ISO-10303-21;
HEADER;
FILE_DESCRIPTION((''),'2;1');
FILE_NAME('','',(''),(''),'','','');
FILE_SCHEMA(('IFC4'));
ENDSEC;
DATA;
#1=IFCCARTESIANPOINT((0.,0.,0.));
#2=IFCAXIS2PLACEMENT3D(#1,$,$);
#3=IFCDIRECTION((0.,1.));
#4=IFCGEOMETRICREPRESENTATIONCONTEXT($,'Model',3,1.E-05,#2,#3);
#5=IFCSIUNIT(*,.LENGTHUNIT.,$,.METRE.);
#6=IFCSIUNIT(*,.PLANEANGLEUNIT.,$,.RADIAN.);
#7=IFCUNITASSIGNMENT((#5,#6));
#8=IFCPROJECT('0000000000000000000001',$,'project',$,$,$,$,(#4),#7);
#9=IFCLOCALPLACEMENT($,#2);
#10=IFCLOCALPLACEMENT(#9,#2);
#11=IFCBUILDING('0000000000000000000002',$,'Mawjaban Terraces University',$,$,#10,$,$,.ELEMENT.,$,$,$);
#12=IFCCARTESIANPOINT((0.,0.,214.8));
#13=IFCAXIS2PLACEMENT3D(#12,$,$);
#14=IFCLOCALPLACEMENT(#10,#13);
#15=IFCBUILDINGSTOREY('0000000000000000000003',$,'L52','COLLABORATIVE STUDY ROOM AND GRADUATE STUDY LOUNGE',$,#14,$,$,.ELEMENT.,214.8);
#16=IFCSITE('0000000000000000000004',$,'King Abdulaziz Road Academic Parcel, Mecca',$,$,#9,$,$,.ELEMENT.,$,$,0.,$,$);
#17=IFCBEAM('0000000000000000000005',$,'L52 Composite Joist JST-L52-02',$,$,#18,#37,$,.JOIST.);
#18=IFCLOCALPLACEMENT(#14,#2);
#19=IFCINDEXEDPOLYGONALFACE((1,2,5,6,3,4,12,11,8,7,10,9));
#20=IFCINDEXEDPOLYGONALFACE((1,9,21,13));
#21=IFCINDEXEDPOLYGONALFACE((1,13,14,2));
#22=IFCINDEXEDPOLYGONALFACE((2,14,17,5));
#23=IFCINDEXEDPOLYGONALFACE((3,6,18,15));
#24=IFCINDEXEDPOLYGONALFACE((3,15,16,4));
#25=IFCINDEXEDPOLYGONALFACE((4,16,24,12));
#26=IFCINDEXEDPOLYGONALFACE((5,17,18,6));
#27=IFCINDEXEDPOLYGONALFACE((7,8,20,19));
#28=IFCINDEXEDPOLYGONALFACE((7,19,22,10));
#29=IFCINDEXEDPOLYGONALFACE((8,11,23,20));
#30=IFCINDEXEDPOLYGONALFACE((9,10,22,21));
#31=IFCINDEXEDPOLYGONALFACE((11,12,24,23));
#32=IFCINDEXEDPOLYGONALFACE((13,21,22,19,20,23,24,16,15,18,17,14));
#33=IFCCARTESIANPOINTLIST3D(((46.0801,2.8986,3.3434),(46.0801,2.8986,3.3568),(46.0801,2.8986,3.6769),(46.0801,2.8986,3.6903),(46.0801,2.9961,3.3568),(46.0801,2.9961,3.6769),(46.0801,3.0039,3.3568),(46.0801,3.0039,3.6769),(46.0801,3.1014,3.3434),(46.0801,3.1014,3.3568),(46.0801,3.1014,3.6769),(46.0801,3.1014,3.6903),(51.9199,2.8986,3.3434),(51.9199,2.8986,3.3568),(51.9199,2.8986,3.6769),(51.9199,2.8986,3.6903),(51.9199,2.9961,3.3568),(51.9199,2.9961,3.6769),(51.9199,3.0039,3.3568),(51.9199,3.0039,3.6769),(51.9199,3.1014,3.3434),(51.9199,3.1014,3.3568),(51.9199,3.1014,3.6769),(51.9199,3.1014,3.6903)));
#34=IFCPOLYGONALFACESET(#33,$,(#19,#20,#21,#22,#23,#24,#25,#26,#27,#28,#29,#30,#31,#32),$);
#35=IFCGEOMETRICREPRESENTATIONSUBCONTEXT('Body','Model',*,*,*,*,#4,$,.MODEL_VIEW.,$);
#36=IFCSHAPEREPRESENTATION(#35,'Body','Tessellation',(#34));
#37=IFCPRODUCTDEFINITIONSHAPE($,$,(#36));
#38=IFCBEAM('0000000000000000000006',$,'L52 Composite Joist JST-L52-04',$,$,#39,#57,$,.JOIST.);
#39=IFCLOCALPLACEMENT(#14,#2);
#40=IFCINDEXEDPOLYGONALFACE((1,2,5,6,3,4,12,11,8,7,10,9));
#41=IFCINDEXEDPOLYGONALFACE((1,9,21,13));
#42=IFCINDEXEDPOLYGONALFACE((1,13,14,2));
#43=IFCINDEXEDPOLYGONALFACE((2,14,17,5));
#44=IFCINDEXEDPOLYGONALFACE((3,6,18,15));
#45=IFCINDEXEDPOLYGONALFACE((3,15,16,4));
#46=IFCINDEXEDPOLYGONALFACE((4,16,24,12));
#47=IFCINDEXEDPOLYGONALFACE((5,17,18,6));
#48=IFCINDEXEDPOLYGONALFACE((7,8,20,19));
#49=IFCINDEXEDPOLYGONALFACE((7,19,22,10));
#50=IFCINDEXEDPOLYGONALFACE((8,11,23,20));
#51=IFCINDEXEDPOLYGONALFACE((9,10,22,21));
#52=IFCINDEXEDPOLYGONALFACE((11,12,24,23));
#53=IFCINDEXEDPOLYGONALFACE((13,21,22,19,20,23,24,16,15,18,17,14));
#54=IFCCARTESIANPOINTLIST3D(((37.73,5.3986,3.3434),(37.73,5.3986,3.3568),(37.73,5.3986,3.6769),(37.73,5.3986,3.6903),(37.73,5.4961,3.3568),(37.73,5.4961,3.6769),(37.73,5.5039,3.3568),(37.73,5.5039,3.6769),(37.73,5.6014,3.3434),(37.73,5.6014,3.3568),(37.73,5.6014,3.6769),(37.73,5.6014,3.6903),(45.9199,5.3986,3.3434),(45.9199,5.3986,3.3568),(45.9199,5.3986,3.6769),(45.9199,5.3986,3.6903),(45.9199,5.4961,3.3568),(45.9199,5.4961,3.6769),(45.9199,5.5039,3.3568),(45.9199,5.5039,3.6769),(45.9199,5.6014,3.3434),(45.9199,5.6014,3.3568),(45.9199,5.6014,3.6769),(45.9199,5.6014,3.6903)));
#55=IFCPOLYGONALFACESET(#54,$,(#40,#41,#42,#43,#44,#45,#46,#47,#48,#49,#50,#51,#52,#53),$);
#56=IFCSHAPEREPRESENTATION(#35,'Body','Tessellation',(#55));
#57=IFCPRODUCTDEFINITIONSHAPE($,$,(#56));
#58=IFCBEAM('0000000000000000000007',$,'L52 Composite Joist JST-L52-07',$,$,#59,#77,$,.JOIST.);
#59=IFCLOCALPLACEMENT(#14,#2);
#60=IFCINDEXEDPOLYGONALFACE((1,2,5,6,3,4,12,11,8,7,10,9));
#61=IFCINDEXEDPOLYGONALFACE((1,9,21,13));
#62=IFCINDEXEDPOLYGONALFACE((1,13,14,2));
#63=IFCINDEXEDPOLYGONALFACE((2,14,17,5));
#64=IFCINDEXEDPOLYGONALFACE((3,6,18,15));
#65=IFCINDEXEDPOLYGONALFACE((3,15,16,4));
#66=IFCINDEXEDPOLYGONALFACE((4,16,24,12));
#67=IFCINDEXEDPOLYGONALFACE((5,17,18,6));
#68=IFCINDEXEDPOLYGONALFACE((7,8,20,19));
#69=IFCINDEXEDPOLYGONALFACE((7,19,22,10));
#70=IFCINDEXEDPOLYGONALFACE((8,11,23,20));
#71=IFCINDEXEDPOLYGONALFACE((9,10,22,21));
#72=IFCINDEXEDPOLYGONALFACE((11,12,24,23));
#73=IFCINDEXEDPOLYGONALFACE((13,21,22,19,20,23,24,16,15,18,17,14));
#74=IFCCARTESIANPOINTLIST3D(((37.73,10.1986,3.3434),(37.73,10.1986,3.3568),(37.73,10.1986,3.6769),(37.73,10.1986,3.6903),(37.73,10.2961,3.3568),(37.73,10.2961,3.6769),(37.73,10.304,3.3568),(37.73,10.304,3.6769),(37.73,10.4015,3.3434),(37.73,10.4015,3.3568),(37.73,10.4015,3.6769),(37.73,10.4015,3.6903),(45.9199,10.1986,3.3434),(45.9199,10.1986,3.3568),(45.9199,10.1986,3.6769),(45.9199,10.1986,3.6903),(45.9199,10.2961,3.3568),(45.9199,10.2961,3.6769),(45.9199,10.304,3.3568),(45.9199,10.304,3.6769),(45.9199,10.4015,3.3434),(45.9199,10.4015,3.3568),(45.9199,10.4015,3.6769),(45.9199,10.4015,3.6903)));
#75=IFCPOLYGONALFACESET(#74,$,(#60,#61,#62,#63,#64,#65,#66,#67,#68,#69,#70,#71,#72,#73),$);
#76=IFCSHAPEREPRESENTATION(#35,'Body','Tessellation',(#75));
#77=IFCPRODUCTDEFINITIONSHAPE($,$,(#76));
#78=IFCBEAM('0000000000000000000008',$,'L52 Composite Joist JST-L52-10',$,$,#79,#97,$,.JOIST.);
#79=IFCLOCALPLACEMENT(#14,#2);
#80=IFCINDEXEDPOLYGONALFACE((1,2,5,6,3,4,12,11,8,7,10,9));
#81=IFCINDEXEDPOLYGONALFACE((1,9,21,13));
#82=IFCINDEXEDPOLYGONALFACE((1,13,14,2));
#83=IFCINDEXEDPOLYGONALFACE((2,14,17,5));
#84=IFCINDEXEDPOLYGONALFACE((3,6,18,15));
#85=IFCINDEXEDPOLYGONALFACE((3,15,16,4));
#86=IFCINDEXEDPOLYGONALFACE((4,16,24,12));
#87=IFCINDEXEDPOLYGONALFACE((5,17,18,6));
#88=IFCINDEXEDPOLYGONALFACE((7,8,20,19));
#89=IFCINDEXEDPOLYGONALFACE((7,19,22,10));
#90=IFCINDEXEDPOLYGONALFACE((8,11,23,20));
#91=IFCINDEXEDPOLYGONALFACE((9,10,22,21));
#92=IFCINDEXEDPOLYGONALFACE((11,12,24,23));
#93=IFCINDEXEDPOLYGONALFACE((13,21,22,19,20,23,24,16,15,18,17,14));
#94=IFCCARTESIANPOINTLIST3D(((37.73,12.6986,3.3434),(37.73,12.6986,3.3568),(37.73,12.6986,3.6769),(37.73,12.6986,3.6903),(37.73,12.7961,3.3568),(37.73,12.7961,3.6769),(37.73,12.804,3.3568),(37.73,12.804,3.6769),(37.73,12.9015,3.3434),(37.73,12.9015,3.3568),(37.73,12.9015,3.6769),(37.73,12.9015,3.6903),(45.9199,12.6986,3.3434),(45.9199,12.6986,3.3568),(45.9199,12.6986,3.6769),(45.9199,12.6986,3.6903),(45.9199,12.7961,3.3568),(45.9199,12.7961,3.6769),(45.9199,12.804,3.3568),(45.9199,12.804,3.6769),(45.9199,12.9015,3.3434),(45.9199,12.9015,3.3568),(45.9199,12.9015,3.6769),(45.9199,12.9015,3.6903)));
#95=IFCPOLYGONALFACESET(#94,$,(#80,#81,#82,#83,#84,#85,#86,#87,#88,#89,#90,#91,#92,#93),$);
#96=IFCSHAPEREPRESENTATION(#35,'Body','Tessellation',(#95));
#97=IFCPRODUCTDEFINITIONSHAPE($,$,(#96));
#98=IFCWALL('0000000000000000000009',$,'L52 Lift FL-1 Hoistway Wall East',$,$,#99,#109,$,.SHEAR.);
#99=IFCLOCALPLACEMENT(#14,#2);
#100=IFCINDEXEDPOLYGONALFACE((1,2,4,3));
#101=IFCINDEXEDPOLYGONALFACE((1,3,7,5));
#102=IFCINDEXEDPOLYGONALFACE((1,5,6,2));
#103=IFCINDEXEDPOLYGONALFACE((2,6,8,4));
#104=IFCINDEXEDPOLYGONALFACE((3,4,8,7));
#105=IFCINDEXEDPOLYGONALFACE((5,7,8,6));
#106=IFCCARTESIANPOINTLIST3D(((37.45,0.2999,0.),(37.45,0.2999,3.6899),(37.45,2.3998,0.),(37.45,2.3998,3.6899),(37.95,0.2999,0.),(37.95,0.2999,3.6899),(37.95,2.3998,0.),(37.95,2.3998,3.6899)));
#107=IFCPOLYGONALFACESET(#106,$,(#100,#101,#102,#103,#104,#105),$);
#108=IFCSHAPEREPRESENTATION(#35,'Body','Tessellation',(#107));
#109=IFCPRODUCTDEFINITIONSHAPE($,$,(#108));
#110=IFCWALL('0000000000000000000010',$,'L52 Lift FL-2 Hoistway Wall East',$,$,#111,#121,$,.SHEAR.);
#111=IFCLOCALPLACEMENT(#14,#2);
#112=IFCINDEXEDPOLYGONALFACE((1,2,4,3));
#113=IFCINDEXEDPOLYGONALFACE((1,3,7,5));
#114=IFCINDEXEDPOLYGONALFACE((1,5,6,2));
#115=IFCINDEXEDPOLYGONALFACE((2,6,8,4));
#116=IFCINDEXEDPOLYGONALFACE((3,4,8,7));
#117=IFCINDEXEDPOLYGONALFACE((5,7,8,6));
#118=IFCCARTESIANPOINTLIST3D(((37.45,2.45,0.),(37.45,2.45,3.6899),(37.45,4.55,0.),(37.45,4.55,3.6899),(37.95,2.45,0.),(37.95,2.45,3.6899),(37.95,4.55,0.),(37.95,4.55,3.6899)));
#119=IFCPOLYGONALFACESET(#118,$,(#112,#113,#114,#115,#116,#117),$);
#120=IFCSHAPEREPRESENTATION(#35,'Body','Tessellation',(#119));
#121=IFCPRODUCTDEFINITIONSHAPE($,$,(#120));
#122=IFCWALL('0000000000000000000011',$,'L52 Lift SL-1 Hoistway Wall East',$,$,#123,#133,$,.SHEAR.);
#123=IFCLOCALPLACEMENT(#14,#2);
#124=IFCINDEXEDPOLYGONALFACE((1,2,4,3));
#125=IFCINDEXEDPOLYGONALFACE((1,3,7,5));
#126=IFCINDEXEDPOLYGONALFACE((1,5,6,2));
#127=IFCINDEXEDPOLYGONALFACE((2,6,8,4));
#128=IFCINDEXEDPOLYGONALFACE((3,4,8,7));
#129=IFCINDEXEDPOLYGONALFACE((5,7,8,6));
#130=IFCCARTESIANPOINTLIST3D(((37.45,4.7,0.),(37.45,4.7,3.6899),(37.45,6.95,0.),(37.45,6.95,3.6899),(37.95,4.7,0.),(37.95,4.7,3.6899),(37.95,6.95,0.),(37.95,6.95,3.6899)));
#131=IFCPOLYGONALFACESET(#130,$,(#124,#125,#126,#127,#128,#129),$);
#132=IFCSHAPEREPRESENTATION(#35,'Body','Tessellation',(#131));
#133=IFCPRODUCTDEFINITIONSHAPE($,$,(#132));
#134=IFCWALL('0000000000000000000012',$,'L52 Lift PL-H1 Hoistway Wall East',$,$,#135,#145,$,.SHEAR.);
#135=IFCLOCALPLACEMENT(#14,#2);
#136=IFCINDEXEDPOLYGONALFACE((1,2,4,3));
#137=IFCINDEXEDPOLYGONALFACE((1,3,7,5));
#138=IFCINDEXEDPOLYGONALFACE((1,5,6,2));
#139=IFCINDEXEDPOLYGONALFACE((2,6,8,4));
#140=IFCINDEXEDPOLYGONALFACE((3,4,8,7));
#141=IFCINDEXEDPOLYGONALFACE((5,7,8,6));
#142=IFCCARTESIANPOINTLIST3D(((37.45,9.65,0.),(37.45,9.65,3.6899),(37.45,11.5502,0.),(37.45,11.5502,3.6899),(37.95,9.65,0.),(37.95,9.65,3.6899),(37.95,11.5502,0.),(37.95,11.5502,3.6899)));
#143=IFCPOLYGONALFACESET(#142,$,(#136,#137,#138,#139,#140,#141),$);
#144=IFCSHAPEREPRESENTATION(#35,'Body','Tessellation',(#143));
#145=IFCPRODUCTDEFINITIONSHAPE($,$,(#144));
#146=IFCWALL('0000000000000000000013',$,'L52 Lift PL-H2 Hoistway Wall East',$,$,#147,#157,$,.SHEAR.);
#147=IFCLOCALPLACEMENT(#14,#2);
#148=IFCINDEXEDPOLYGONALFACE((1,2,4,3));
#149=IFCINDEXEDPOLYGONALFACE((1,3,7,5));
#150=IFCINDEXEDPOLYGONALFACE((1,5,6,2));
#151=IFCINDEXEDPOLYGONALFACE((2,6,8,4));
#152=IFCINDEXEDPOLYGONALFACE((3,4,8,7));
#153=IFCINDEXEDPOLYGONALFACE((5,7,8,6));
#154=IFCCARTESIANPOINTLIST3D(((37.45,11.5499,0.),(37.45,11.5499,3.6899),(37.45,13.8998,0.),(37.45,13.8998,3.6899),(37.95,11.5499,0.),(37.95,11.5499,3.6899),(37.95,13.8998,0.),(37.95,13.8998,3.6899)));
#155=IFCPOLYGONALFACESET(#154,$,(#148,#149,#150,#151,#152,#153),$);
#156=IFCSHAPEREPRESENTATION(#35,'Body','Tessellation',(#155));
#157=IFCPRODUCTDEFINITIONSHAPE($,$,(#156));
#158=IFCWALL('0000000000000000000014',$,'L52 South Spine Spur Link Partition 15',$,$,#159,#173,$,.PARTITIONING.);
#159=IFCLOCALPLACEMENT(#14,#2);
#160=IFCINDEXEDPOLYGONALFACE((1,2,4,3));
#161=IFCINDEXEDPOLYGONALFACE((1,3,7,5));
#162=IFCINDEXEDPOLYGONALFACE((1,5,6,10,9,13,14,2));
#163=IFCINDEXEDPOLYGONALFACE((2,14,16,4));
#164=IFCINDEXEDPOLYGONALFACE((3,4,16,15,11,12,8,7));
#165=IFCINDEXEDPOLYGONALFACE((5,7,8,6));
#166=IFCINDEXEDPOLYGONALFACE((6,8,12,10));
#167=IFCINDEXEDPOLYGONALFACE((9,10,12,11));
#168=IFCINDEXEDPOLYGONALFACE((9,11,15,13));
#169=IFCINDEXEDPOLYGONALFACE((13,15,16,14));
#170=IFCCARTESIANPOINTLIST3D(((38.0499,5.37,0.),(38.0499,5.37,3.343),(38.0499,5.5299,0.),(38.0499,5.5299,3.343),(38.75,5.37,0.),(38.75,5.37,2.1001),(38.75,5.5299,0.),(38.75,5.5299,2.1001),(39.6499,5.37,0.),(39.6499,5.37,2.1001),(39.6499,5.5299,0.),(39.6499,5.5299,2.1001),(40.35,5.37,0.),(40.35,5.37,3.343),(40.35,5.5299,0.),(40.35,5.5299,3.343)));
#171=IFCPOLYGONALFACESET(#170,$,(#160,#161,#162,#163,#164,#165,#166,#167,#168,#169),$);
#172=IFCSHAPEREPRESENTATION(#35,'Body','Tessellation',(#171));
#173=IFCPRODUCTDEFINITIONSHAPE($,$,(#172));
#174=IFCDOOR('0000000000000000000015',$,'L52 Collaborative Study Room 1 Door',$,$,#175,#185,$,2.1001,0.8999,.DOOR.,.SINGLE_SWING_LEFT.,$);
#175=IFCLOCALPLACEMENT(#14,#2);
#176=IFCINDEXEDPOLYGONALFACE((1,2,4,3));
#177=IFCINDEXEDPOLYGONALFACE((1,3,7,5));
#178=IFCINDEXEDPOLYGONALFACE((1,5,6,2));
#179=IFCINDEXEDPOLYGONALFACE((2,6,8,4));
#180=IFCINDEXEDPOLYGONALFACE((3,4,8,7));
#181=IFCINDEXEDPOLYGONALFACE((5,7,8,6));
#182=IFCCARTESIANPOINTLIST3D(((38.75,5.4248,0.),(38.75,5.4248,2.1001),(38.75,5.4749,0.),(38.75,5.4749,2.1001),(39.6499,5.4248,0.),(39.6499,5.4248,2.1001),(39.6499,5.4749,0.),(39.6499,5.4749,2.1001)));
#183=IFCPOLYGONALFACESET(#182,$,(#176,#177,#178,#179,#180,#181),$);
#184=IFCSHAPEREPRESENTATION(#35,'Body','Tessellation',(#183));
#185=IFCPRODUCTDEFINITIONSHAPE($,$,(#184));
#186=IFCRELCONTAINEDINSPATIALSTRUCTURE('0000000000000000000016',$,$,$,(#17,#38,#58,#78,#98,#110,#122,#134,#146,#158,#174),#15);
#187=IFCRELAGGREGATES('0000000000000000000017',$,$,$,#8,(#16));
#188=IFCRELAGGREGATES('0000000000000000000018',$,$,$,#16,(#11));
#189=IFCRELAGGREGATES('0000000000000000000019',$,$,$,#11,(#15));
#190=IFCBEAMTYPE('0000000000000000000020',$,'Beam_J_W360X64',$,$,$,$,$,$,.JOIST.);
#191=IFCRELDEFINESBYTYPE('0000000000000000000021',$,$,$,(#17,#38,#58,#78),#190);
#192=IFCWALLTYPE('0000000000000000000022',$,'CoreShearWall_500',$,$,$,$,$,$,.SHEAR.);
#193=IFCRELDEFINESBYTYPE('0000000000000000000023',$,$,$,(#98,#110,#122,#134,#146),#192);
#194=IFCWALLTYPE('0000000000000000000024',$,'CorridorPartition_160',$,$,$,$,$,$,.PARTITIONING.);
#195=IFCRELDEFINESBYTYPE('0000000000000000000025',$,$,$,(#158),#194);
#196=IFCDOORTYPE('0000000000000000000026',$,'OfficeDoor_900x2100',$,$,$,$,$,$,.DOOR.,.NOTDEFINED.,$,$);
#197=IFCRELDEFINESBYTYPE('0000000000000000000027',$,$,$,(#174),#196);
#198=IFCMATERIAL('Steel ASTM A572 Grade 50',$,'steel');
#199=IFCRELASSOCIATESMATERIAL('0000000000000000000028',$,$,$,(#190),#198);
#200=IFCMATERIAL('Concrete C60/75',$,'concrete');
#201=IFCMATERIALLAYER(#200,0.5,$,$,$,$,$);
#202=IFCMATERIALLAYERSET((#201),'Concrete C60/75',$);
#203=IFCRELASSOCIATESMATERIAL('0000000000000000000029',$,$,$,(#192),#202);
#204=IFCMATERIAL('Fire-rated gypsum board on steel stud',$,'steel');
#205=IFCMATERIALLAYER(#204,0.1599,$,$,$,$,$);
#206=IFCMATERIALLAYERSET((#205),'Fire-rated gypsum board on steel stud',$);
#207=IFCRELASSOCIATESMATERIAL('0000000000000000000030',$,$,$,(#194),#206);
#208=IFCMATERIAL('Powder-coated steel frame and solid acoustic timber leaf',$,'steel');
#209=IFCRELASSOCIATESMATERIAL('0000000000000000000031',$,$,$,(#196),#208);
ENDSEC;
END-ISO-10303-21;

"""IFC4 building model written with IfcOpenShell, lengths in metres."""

from ifc_helpers import new_model, si_unit, direction, frame, frame_2d, origin, origin_2d, place, context, subcontext, project, spatial, rectangle, i_section, extrude, material, layer, layer_set, material_profile, profile_set, type_object, element, fill, save


model = new_model("IFC4")

# Units and contexts
model_context = context("Model", 3, precision=1e-05, world=origin(), true_north=direction((0.0, 1.0)))
body_context = subcontext(model_context, "Body", "Model", "MODEL_VIEW")
ifc_project = project(units=[si_unit("LENGTHUNIT", "METRE"), si_unit("PLANEANGLEUNIT", "RADIAN")], contexts=[model_context])

# Site, building, storey
site_placement = place(None, origin())
site = spatial("IfcSite", under=ifc_project, at=site_placement, Name="King Abdulaziz Road Academic Parcel, Mecca", CompositionType="ELEMENT", RefElevation=0.0)
building_placement = place(site_placement, origin())
building = spatial("IfcBuilding", under=site, at=building_placement, Name="Mawjaban Terraces University", CompositionType="ELEMENT")
storey_placement = place(building_placement, frame((0.0, 0.0, 214.8)))
storey = spatial("IfcBuildingStorey", under=building, at=storey_placement, Name="L52", Description="COLLABORATIVE STUDY ROOM AND GRADUATE STUDY LOUNGE", CompositionType="ELEMENT", Elevation=214.8)

# Shared definitions
ifc_material_1 = material(Name="Concrete C60/75", Category="concrete")

# Beams
ifc_material_2 = material(Name="Steel ASTM A572 Grade 50", Category="steel")
ifc_material_profile_1 = material_profile(ifc_material_2, i_section(OverallWidth=0.2029, OverallDepth=0.3469, WebThickness=0.0078, FlangeThickness=0.0134, at=origin_2d()), Name="W360X64")
ifc_profile_set_1 = profile_set([ifc_material_profile_1], Name="Steel ASTM A572 Grade 50")
beam_type_1 = type_object("IfcBeamType", Name="Beam_J_W360X64", PredefinedType="JOIST", material=ifc_profile_set_1)
beam_1_placement = place(storey_placement, frame((46.0801, 3.0, 3.5168), z_axis=(1.0, 0.0, 0.0), x_axis=(0.0, 1.0, 0.0)))
element("IfcBeam", 1, at=beam_1_placement, inside=storey, type_object=beam_type_1, Name="L52 Composite Joist JST-L52-02", PredefinedType="JOIST", context=body_context, shape_type="SweptSolid", body=[
    extrude(i_section(OverallWidth=0.2029, OverallDepth=0.3469, WebThickness=0.0078, FlangeThickness=0.0134, at=origin_2d()), origin(), (0.0, 0.0, 1.0), 5.8398),
])
for number, where, z_axis, x_axis, name in (
    (2, (37.73, 5.5, 3.5168), (1.0, 0.0, 0.0), (0.0, 1.0, 0.0), "L52 Composite Joist JST-L52-04"),
    (3, (37.73, 10.3, 3.5168), (1.0, 0.0, 0.0), (0.0, 1.0, 0.0), "L52 Composite Joist JST-L52-07"),
    (4, (37.73, 12.8, 3.5168), (1.0, 0.0, 0.0), (0.0, 1.0, 0.0), "L52 Composite Joist JST-L52-10"),
):
    element("IfcBeam", number, at=place(storey_placement, frame(where, z_axis=z_axis, x_axis=x_axis)), inside=storey, type_object=beam_type_1, Name=name, PredefinedType="JOIST", context=body_context, shape_type="SweptSolid", body=[
        extrude(i_section(OverallWidth=0.2029, OverallDepth=0.3469, WebThickness=0.0078, FlangeThickness=0.0134, at=origin_2d()), origin(), (0.0, 0.0, 1.0), 8.1899),
    ])

# Walls
ifc_layer_1 = layer(ifc_material_1, 0.5)
ifc_layer_set_1 = layer_set([ifc_layer_1], Name="Concrete C60/75")
wall_type_1 = type_object("IfcWallType", Name="CoreShearWall_500", PredefinedType="SHEAR", material=ifc_layer_set_1)
wall_1_placement = place(storey_placement, frame((37.7, 0.3, 0.0), z_axis=(0.0, 0.0, 1.0), x_axis=(0.0, 1.0, 0.0)))
element("IfcWall", 5, at=wall_1_placement, inside=storey, type_object=wall_type_1, Name="L52 Lift FL-1 Hoistway Wall East", PredefinedType="SHEAR", context=body_context, shape_type="SweptSolid", body=[
    extrude(rectangle(XDim=2.0999, YDim=0.5, at=frame_2d((1.0498, 0.0))), origin(), (0.0, 0.0, 1.0), 3.6899),
])
wall_2_placement = place(storey_placement, frame((37.7, 2.45, 0.0), z_axis=(0.0, 0.0, 1.0), x_axis=(0.0, 1.0, 0.0)))
element("IfcWall", 6, at=wall_2_placement, inside=storey, type_object=wall_type_1, Name="L52 Lift FL-2 Hoistway Wall East", PredefinedType="SHEAR", context=body_context, shape_type="SweptSolid", body=[
    extrude(rectangle(XDim=2.1001, YDim=0.5, at=frame_2d((1.05, 0.0))), origin(), (0.0, 0.0, 1.0), 3.6899),
])
wall_3_placement = place(storey_placement, frame((37.7, 4.7, 0.0), z_axis=(0.0, 0.0, 1.0), x_axis=(0.0, 1.0, 0.0)))
element("IfcWall", 7, at=wall_3_placement, inside=storey, type_object=wall_type_1, Name="L52 Lift SL-1 Hoistway Wall East", PredefinedType="SHEAR", context=body_context, shape_type="SweptSolid", body=[
    extrude(rectangle(XDim=2.25, YDim=0.5, at=frame_2d((1.125, 0.0))), origin(), (0.0, 0.0, 1.0), 3.6899),
])
wall_4_placement = place(storey_placement, frame((37.7, 9.6499, 0.0), z_axis=(0.0, 0.0, 1.0), x_axis=(0.0, 1.0, 0.0)))
element("IfcWall", 8, at=wall_4_placement, inside=storey, type_object=wall_type_1, Name="L52 Lift PL-H1 Hoistway Wall East", PredefinedType="SHEAR", context=body_context, shape_type="SweptSolid", body=[
    extrude(rectangle(XDim=1.9001, YDim=0.5, at=frame_2d((0.9502, 0.0))), origin(), (0.0, 0.0, 1.0), 3.6899),
])
wall_5_placement = place(storey_placement, frame((37.7, 11.55, 0.0), z_axis=(0.0, 0.0, 1.0), x_axis=(0.0, 1.0, 0.0)))
element("IfcWall", 9, at=wall_5_placement, inside=storey, type_object=wall_type_1, Name="L52 Lift PL-H2 Hoistway Wall East", PredefinedType="SHEAR", context=body_context, shape_type="SweptSolid", body=[
    extrude(rectangle(XDim=2.3499, YDim=0.5, at=frame_2d((1.1748, 0.0))), origin(), (0.0, 0.0, 1.0), 3.6899),
])

# Wall, opening, door
ifc_material_3 = material(Name="Fire-rated gypsum board on steel stud", Category="steel")
ifc_layer_2 = layer(ifc_material_3, 0.1599)
ifc_layer_set_2 = layer_set([ifc_layer_2], Name="Fire-rated gypsum board on steel stud")
wall_type_2 = type_object("IfcWallType", Name="CorridorPartition_160", PredefinedType="PARTITIONING", material=ifc_layer_set_2)
wall_6_placement = place(storey_placement, frame((38.05, 5.45, 0.0), z_axis=(0.0, 0.0, 1.0), x_axis=(1.0, 0.0, 0.0)))
wall_6 = element("IfcWall", 10, at=wall_6_placement, inside=storey, type_object=wall_type_2, Name="L52 South Spine Spur Link Partition 15", PredefinedType="PARTITIONING", context=body_context, shape_type="SweptSolid", body=[
    extrude(rectangle(XDim=2.3, YDim=0.1599, at=frame_2d((1.1499, 0.0))), origin(), (0.0, 0.0, 1.0), 3.343),
])
opening_1_placement = place(wall_6_placement, frame((0.7, 0.0, 0.0)))
opening_1 = element("IfcOpeningElement", 11, at=opening_1_placement, cuts=wall_6, PredefinedType="OPENING", context=body_context, shape_type="SweptSolid", body=[
    extrude(rectangle(XDim=0.8999, YDim=2.1001, at=frame_2d((0.45, 1.05))), frame((0.0, 0.0898, 0.0), z_axis=(0.0, -1.0, 0.0), x_axis=(1.0, 0.0, 0.0)), (0.0, 0.0, 1.0), 0.1799),
])
ifc_material_4 = material(Name="Powder-coated steel frame and solid acoustic timber leaf", Category="steel")
door_type = type_object("IfcDoorType", Name="OfficeDoor_900x2100", OperationType="NOTDEFINED", PredefinedType="DOOR", material=ifc_material_4)
door_1_placement = place(opening_1_placement, origin())
door_1 = element("IfcDoor", 12, at=door_1_placement, inside=storey, type_object=door_type, Name="L52 Collaborative Study Room 1 Door", OperationType="SINGLE_SWING_LEFT", OverallHeight=2.1001, OverallWidth=0.8999, PredefinedType="DOOR", context=body_context, shape_type="SweptSolid", body=[
    extrude(rectangle(XDim=0.8999, YDim=2.1001, at=frame_2d((0.45, 1.05))), frame((0.0, 0.0249, 0.0), z_axis=(0.0, -1.0, 0.0), x_axis=(1.0, 0.0, 0.0)), (0.0, 0.0, 1.0), 0.05),
])
fill(opening_1, door_1)

save(model, "model.ifc")
